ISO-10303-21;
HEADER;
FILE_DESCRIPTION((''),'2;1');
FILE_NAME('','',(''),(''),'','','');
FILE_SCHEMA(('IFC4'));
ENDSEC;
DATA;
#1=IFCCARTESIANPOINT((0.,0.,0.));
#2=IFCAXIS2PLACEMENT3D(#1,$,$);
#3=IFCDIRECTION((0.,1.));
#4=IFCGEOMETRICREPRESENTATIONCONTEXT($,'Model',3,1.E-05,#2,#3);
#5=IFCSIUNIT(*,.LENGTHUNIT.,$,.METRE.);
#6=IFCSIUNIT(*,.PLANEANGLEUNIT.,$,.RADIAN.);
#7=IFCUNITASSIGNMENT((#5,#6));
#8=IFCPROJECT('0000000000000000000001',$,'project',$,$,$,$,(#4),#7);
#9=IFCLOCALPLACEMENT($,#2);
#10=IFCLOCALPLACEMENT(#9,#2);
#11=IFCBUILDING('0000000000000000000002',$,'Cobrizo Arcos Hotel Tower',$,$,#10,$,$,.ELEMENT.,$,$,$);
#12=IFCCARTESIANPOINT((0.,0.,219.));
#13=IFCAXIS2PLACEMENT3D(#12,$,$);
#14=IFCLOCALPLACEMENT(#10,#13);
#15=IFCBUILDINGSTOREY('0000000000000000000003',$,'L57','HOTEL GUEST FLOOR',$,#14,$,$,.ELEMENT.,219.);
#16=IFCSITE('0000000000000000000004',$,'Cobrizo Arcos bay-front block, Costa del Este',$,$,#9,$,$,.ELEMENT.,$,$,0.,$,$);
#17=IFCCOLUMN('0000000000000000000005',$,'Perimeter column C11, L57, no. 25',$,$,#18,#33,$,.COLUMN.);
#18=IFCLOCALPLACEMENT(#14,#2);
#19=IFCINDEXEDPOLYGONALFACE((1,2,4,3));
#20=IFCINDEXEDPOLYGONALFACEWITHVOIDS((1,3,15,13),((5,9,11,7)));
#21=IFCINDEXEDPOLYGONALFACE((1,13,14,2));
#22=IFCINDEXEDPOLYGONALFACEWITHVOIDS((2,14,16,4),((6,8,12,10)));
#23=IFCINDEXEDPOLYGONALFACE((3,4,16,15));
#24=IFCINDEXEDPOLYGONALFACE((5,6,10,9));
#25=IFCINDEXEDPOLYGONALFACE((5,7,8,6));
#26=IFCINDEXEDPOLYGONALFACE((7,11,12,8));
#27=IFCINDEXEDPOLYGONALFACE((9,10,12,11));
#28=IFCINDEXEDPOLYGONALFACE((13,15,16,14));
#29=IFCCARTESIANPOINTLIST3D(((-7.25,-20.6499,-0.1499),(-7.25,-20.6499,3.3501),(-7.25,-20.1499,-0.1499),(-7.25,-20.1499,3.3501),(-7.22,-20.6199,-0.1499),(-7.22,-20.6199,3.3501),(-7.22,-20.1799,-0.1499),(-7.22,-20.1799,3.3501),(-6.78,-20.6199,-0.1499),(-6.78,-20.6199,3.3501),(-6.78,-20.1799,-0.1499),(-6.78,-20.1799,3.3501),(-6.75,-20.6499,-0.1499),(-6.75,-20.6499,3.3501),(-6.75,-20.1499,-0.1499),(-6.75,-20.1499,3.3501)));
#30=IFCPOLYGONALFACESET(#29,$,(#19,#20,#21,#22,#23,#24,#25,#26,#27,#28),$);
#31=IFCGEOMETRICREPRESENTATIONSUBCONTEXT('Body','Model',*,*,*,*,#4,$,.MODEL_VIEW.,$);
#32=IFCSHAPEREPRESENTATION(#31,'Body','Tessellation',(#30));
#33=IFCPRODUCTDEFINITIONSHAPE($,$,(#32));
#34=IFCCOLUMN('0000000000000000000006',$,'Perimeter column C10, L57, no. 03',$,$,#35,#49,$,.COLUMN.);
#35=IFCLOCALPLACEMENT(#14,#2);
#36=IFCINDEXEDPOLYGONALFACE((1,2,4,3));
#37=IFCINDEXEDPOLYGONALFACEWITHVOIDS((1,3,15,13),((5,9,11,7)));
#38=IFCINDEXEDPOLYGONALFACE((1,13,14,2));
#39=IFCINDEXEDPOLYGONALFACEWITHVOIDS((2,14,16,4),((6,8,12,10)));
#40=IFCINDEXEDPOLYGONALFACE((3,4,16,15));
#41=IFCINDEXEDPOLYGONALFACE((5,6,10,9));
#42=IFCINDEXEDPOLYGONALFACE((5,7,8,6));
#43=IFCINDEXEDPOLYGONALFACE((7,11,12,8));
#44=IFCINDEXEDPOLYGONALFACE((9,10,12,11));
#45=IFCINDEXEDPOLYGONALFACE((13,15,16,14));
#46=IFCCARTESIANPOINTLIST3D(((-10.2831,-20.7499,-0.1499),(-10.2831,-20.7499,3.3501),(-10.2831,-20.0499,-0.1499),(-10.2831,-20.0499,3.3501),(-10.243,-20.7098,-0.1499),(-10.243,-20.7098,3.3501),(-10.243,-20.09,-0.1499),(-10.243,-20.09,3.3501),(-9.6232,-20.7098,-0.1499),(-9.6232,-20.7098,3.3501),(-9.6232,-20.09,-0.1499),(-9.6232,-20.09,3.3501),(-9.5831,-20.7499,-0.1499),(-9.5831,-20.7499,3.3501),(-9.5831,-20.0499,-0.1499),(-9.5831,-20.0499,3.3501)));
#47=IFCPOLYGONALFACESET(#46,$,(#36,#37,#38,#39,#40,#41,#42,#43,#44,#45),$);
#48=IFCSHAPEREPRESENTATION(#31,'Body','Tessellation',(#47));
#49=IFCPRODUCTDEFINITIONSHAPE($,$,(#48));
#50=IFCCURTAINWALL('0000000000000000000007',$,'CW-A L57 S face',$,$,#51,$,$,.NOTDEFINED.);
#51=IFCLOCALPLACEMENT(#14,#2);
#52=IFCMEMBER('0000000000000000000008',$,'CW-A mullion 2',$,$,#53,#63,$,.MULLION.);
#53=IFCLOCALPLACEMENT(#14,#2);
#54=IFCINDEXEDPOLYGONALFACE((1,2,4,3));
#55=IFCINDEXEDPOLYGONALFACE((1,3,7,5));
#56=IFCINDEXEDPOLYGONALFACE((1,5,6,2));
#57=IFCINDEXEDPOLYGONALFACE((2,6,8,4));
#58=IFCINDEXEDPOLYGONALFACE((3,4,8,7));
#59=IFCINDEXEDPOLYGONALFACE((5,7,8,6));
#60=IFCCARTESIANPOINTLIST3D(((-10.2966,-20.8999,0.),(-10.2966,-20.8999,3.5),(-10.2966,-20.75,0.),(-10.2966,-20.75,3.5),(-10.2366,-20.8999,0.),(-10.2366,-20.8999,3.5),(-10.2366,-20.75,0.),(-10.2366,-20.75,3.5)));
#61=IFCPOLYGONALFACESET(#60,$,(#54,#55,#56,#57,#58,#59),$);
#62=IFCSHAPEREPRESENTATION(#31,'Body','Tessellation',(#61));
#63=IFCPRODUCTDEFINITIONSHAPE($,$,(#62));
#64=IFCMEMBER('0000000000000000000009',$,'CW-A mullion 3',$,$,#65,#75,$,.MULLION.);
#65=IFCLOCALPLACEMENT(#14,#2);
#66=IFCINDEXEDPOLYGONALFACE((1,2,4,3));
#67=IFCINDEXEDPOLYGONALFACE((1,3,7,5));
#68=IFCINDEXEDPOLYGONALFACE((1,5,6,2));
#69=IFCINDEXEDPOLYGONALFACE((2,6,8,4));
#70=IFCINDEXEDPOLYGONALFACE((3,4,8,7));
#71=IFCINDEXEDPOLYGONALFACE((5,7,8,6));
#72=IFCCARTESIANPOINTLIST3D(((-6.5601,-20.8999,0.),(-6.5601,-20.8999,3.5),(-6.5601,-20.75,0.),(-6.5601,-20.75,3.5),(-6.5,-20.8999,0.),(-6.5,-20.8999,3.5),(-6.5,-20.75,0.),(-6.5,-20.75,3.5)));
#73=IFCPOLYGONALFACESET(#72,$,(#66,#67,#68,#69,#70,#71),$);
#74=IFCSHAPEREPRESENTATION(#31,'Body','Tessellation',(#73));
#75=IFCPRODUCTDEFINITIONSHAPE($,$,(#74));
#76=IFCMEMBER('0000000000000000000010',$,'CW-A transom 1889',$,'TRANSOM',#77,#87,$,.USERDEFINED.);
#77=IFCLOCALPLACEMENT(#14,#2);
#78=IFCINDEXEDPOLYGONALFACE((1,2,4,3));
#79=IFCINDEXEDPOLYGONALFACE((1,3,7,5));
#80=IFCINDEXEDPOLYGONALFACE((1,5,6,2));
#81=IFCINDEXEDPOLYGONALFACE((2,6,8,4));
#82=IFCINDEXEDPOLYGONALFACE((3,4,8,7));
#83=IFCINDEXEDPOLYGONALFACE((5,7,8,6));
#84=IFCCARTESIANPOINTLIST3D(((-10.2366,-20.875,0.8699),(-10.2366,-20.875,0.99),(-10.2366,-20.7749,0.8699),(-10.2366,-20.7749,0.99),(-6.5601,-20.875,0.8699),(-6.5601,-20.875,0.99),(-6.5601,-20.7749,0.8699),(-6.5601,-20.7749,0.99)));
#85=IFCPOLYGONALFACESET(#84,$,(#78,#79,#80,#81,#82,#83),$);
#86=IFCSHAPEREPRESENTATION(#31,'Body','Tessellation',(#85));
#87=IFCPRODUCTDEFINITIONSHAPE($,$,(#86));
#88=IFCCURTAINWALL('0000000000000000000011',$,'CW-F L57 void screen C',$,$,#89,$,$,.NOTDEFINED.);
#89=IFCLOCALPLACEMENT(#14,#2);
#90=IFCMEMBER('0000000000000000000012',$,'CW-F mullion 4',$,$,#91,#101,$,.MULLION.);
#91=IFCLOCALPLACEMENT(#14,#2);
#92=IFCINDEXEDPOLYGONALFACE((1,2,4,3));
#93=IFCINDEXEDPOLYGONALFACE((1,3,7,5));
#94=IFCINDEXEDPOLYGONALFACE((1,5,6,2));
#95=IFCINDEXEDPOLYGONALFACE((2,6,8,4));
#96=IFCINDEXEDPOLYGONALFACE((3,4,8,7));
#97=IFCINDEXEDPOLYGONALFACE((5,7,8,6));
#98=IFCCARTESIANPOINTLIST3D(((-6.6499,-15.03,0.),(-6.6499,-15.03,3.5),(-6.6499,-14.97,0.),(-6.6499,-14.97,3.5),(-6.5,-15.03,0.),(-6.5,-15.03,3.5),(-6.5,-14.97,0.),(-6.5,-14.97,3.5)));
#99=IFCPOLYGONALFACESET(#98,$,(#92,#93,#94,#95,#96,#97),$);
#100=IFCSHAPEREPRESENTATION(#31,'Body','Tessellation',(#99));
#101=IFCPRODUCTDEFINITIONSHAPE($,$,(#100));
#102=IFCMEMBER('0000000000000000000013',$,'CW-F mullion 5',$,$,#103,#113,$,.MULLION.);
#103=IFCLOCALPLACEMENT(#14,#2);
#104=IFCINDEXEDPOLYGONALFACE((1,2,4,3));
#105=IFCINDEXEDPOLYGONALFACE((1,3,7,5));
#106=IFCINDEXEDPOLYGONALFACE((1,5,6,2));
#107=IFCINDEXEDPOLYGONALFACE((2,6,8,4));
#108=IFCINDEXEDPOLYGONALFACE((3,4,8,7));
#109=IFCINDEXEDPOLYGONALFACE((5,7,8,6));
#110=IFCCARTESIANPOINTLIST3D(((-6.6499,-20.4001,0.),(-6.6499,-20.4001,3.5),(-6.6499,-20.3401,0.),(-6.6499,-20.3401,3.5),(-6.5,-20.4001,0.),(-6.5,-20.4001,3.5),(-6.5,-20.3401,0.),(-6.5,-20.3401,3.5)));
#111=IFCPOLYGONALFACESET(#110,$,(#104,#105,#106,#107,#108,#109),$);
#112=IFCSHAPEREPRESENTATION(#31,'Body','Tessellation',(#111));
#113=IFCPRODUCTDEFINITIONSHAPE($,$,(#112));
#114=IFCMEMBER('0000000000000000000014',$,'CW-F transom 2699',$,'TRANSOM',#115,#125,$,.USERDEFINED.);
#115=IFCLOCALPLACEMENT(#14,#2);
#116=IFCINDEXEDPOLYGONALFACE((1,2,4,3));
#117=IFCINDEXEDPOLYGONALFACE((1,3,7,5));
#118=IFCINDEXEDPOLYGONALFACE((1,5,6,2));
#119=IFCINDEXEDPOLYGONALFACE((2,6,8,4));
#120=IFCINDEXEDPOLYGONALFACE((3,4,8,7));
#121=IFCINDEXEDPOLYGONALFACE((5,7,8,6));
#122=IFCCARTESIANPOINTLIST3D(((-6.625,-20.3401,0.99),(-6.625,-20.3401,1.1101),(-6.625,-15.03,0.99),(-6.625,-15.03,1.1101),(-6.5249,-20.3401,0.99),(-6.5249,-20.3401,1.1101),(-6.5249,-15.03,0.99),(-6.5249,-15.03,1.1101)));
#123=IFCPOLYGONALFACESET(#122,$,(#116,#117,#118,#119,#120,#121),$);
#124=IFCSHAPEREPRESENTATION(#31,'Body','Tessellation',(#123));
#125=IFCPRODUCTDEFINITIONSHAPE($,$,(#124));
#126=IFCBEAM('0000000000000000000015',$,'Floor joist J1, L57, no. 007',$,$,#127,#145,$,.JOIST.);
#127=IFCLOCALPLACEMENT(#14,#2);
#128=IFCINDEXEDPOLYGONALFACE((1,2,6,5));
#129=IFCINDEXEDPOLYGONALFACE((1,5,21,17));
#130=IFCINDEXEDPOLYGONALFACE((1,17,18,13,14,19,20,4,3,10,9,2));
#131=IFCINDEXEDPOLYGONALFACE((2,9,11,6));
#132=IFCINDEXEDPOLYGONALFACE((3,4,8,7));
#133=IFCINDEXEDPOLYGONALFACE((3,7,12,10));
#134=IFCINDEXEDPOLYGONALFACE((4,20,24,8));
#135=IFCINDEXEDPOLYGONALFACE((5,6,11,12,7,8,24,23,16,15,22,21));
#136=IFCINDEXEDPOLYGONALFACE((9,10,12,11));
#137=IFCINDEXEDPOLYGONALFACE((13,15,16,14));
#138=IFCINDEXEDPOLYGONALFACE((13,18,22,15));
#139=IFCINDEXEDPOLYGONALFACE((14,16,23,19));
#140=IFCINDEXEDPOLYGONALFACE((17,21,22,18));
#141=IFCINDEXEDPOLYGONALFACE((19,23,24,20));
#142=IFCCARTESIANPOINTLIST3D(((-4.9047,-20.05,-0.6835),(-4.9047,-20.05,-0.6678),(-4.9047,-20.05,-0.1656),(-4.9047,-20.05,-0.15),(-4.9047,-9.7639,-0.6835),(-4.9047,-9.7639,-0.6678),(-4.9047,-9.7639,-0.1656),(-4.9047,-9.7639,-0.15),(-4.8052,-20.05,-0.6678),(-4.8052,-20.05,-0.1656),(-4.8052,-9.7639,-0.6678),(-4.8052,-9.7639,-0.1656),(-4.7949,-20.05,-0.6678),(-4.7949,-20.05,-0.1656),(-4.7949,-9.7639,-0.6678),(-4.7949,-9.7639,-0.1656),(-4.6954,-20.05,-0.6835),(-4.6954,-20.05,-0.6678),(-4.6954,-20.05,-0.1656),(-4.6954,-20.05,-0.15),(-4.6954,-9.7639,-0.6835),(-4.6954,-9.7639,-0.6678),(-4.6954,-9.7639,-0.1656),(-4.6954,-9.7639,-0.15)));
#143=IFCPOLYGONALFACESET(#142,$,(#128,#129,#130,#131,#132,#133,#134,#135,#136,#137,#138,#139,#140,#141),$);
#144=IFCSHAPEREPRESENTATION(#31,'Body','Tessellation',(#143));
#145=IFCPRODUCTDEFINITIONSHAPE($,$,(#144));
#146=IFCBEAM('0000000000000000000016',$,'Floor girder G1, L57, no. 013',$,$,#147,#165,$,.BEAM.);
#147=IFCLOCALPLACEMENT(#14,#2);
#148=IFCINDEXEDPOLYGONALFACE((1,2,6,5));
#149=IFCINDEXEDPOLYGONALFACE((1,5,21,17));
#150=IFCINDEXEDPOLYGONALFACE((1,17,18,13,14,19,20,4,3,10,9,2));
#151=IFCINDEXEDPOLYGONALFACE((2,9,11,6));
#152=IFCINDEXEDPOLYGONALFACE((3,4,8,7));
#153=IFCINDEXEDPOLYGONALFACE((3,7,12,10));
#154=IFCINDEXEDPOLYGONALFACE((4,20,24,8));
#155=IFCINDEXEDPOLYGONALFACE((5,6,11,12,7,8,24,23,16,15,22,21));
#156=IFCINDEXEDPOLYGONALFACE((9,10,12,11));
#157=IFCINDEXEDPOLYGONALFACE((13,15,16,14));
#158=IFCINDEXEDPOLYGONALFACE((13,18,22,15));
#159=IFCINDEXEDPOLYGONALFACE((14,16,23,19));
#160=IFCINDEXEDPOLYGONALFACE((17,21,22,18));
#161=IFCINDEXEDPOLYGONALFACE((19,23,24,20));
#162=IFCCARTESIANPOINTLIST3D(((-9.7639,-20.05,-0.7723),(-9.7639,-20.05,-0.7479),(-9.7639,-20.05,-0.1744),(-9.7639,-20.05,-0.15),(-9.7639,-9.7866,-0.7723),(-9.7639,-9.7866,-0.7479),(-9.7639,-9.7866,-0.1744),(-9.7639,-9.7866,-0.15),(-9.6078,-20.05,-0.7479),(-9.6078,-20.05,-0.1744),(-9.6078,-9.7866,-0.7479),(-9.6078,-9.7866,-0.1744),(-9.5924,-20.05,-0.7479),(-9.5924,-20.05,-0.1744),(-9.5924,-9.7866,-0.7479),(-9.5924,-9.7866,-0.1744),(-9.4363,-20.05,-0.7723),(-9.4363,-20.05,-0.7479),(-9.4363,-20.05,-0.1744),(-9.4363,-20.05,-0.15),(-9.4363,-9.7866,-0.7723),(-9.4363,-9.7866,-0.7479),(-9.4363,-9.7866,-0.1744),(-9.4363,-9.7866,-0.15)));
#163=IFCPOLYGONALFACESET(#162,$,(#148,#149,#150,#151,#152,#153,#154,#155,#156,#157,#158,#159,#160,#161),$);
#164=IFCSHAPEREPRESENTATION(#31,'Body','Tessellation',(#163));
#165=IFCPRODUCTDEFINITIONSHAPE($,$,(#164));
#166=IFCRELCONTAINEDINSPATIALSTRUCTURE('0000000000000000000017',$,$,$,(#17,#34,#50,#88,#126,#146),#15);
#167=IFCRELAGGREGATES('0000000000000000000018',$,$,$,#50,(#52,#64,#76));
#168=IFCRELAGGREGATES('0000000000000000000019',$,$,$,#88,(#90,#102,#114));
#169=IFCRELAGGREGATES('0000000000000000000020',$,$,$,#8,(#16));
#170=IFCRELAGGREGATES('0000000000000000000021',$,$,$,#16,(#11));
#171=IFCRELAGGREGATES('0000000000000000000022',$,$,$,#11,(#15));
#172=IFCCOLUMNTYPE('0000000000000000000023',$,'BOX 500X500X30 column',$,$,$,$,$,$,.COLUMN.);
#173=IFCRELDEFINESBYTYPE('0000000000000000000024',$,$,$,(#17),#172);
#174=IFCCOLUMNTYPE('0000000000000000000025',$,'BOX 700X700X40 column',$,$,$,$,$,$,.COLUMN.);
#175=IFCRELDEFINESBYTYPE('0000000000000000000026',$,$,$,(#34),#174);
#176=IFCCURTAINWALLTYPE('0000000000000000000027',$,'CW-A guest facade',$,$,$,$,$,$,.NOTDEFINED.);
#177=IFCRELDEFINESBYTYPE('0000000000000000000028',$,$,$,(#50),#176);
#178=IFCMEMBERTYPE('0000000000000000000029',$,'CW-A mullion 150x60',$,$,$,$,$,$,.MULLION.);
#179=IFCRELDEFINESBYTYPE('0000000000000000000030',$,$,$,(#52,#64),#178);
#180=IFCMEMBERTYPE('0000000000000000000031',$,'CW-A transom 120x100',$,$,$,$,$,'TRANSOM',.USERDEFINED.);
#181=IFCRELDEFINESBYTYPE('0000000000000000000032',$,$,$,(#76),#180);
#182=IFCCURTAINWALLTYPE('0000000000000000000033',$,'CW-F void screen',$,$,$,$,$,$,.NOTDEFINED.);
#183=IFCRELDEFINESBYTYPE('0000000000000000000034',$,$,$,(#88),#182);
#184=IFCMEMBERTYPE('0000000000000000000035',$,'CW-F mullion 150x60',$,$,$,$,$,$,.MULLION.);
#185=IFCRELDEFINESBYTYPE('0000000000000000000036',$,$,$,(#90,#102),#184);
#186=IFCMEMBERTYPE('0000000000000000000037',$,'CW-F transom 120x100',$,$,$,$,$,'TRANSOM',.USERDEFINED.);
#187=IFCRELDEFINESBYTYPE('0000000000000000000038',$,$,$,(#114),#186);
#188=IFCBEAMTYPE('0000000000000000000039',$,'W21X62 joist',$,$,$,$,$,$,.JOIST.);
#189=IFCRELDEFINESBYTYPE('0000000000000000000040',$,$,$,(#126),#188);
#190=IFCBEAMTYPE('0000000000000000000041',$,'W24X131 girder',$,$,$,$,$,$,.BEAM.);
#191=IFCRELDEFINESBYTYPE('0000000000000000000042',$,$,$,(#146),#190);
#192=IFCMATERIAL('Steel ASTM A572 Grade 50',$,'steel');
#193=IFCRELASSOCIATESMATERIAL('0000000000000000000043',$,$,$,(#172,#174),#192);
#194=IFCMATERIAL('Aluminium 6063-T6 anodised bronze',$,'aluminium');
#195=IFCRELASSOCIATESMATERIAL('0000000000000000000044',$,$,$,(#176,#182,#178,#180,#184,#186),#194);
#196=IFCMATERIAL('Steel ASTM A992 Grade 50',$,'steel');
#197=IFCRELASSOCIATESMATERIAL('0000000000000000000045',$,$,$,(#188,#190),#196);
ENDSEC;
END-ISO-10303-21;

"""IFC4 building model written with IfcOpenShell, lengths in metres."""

from ifc_helpers import new_model, si_unit, direction, frame, origin, origin_2d, place, context, subcontext, project, spatial, rectangle, hollow_rectangle, i_section, extrude, material, material_profile, profile_set, type_object, element, aggregate, save


model = new_model("IFC4")

# Units and contexts
model_context = context("Model", 3, precision=1e-05, world=origin(), true_north=direction((0.0, 1.0)))
body_context = subcontext(model_context, "Body", "Model", "MODEL_VIEW")
ifc_project = project(units=[si_unit("LENGTHUNIT", "METRE"), si_unit("PLANEANGLEUNIT", "RADIAN")], contexts=[model_context])

# Site, building, storey
site_placement = place(None, origin())
site = spatial("IfcSite", under=ifc_project, at=site_placement, Name="Cobrizo Arcos bay-front block, Costa del Este", CompositionType="ELEMENT", RefElevation=0.0)
building_placement = place(site_placement, origin())
building = spatial("IfcBuilding", under=site, at=building_placement, Name="Cobrizo Arcos Hotel Tower", CompositionType="ELEMENT")
storey_placement = place(building_placement, frame((0.0, 0.0, 219.0)))
storey = spatial("IfcBuildingStorey", under=building, at=storey_placement, Name="L57", Description="HOTEL GUEST FLOOR", CompositionType="ELEMENT", Elevation=219.0)

# Columns
ifc_material_1 = material(Name="Steel ASTM A572 Grade 50", Category="steel")
ifc_material_profile_1 = material_profile(ifc_material_1, hollow_rectangle(XDim=0.5, YDim=0.5, WallThickness=0.03, at=origin_2d()), Name="BOX 500X500X30")
ifc_profile_set_1 = profile_set([ifc_material_profile_1], Name="Steel ASTM A572 Grade 50")
column_type_1 = type_object("IfcColumnType", Name="BOX 500X500X30 column", PredefinedType="COLUMN", material=ifc_profile_set_1)
column_1_placement = place(storey_placement, frame((-7.0, -20.3999, -0.1499), z_axis=(0.0, 0.0, 1.0), x_axis=(1.0, 0.0, 0.0)))
element("IfcColumn", 1, at=column_1_placement, inside=storey, type_object=column_type_1, Name="Perimeter column C11, L57, no. 25", PredefinedType="COLUMN", context=body_context, shape_type="SweptSolid", body=[
    extrude(hollow_rectangle(XDim=0.5, YDim=0.5, WallThickness=0.03, at=origin_2d()), origin(), (0.0, 0.0, 1.0), 3.5),
])
ifc_material_profile_2 = material_profile(ifc_material_1, hollow_rectangle(XDim=0.7, YDim=0.7, WallThickness=0.04, at=origin_2d()), Name="BOX 700X700X40")
ifc_profile_set_2 = profile_set([ifc_material_profile_2], Name="Steel ASTM A572 Grade 50")
column_type_2 = type_object("IfcColumnType", Name="BOX 700X700X40 column", PredefinedType="COLUMN", material=ifc_profile_set_2)
column_2_placement = place(storey_placement, frame((-9.9331, -20.3999, -0.1499), z_axis=(0.0, 0.0, 1.0), x_axis=(1.0, 0.0, 0.0)))
element("IfcColumn", 2, at=column_2_placement, inside=storey, type_object=column_type_2, Name="Perimeter column C10, L57, no. 03", PredefinedType="COLUMN", context=body_context, shape_type="SweptSolid", body=[
    extrude(hollow_rectangle(XDim=0.7, YDim=0.7, WallThickness=0.04, at=origin_2d()), origin(), (0.0, 0.0, 1.0), 3.5),
])

# Curtain walls, members
ifc_material_2 = material(Name="Aluminium 6063-T6 anodised bronze", Category="aluminium")
curtain_wall_type_1 = type_object("IfcCurtainWallType", Name="CW-A guest facade", PredefinedType="NOTDEFINED", material=ifc_material_2)
curtain_wall_1_placement = place(storey_placement, origin())
curtain_wall_1 = element("IfcCurtainWall", 3, at=curtain_wall_1_placement, inside=storey, type_object=curtain_wall_type_1, Name="CW-A L57 S face", PredefinedType="NOTDEFINED")
ifc_material_profile_3 = material_profile(ifc_material_2, rectangle(XDim=0.1499, YDim=0.0601, at=origin_2d()), Name="CW-A mullion 150x60")
ifc_profile_set_3 = profile_set([ifc_material_profile_3], Name="Aluminium 6063-T6 anodised bronze")
member_type_1 = type_object("IfcMemberType", Name="CW-A mullion 150x60", PredefinedType="MULLION", material=ifc_profile_set_3)
member_1_placement = place(storey_placement, frame((-10.2666, -20.825, 0.0), z_axis=(0.0, 0.0, 1.0), x_axis=(0.0, -1.0, 0.0)))
member_1 = element("IfcMember", 4, at=member_1_placement, type_object=member_type_1, Name="CW-A mullion 2", PredefinedType="MULLION", context=body_context, shape_type="SweptSolid", body=[
    extrude(rectangle(XDim=0.1499, YDim=0.0601, at=origin_2d()), origin(), (0.0, 0.0, 1.0), 3.5),
])
member_2_placement = place(storey_placement, frame((-6.53, -20.825, 0.0), z_axis=(0.0, 0.0, 1.0), x_axis=(0.0, -1.0, 0.0)))
member_2 = element("IfcMember", 5, at=member_2_placement, type_object=member_type_1, Name="CW-A mullion 3", PredefinedType="MULLION", context=body_context, shape_type="SweptSolid", body=[
    extrude(rectangle(XDim=0.1499, YDim=0.0601, at=origin_2d()), origin(), (0.0, 0.0, 1.0), 3.5),
])
ifc_material_profile_4 = material_profile(ifc_material_2, rectangle(XDim=0.1001, YDim=0.1201, at=origin_2d()), Name="CW-A transom 120x100")
ifc_profile_set_4 = profile_set([ifc_material_profile_4], Name="Aluminium 6063-T6 anodised bronze")
member_type_2 = type_object("IfcMemberType", Name="CW-A transom 120x100", ElementType="TRANSOM", PredefinedType="USERDEFINED", material=ifc_profile_set_4)
member_3_placement = place(storey_placement, frame((-10.2366, -20.825, 0.9299), z_axis=(1.0, 0.0, 0.0), x_axis=(0.0, 1.0, 0.0)))
member_3 = element("IfcMember", 6, at=member_3_placement, type_object=member_type_2, Name="CW-A transom 1889", ObjectType="TRANSOM", PredefinedType="USERDEFINED", context=body_context, shape_type="SweptSolid", body=[
    extrude(rectangle(XDim=0.1001, YDim=0.1201, at=origin_2d()), origin(), (0.0, 0.0, 1.0), 3.6765),
])
curtain_wall_type_2 = type_object("IfcCurtainWallType", Name="CW-F void screen", PredefinedType="NOTDEFINED", material=ifc_material_2)
curtain_wall_2_placement = place(storey_placement, origin())
curtain_wall_2 = element("IfcCurtainWall", 7, at=curtain_wall_2_placement, inside=storey, type_object=curtain_wall_type_2, Name="CW-F L57 void screen C", PredefinedType="NOTDEFINED")
ifc_material_profile_5 = material_profile(ifc_material_2, rectangle(XDim=0.1499, YDim=0.0601, at=origin_2d()), Name="CW-F mullion 150x60")
ifc_profile_set_5 = profile_set([ifc_material_profile_5], Name="Aluminium 6063-T6 anodised bronze")
member_type_3 = type_object("IfcMemberType", Name="CW-F mullion 150x60", PredefinedType="MULLION", material=ifc_profile_set_5)
member_4_placement = place(storey_placement, frame((-6.575, -15.0, 0.0), z_axis=(0.0, 0.0, 1.0), x_axis=(-1.0, 0.0, 0.0)))
member_4 = element("IfcMember", 8, at=member_4_placement, type_object=member_type_3, Name="CW-F mullion 4", PredefinedType="MULLION", context=body_context, shape_type="SweptSolid", body=[
    extrude(rectangle(XDim=0.1499, YDim=0.0601, at=origin_2d()), origin(), (0.0, 0.0, 1.0), 3.5),
])
member_5_placement = place(storey_placement, frame((-6.575, -20.3701, 0.0), z_axis=(0.0, 0.0, 1.0), x_axis=(-1.0, 0.0, 0.0)))
member_5 = element("IfcMember", 9, at=member_5_placement, type_object=member_type_3, Name="CW-F mullion 5", PredefinedType="MULLION", context=body_context, shape_type="SweptSolid", body=[
    extrude(rectangle(XDim=0.1499, YDim=0.0601, at=origin_2d()), origin(), (0.0, 0.0, 1.0), 3.5),
])
ifc_material_profile_6 = material_profile(ifc_material_2, rectangle(XDim=0.1001, YDim=0.1201, at=origin_2d()), Name="CW-F transom 120x100")
ifc_profile_set_6 = profile_set([ifc_material_profile_6], Name="Aluminium 6063-T6 anodised bronze")
member_type_4 = type_object("IfcMemberType", Name="CW-F transom 120x100", ElementType="TRANSOM", PredefinedType="USERDEFINED", material=ifc_profile_set_6)
member_6_placement = place(storey_placement, frame((-6.575, -15.03, 1.05), z_axis=(0.0, -1.0, 0.0), x_axis=(1.0, 0.0, 0.0)))
member_6 = element("IfcMember", 10, at=member_6_placement, type_object=member_type_4, Name="CW-F transom 2699", ObjectType="TRANSOM", PredefinedType="USERDEFINED", context=body_context, shape_type="SweptSolid", body=[
    extrude(rectangle(XDim=0.1001, YDim=0.1201, at=origin_2d()), origin(), (0.0, 0.0, 1.0), 5.3101),
])

# Beams
ifc_material_3 = material(Name="Steel ASTM A992 Grade 50", Category="steel")
ifc_material_profile_7 = material_profile(ifc_material_3, i_section(OverallWidth=0.2092, OverallDepth=0.5334, WebThickness=0.0103, FlangeThickness=0.0156, at=origin_2d()), Name="W21X62")
ifc_profile_set_7 = profile_set([ifc_material_profile_7], Name="Steel ASTM A992 Grade 50")
beam_type_1 = type_object("IfcBeamType", Name="W21X62 joist", PredefinedType="JOIST", material=ifc_profile_set_7)
beam_1_placement = place(storey_placement, frame((-4.8, -20.05, -0.4167), z_axis=(0.0, 1.0, 0.0), x_axis=(-1.0, 0.0, 0.0)))
element("IfcBeam", 11, at=beam_1_placement, inside=storey, type_object=beam_type_1, Name="Floor joist J1, L57, no. 007", PredefinedType="JOIST", context=body_context, shape_type="SweptSolid", body=[
    extrude(i_section(OverallWidth=0.2092, OverallDepth=0.5334, WebThickness=0.0103, FlangeThickness=0.0156, at=origin_2d()), origin(), (0.0, 0.0, 1.0), 10.2861),
])
ifc_material_profile_8 = material_profile(ifc_material_3, i_section(OverallWidth=0.3276, OverallDepth=0.6223, WebThickness=0.0154, FlangeThickness=0.0244, at=origin_2d()), Name="W24X131")
ifc_profile_set_8 = profile_set([ifc_material_profile_8], Name="Steel ASTM A992 Grade 50")
beam_type_2 = type_object("IfcBeamType", Name="W24X131 girder", PredefinedType="BEAM", material=ifc_profile_set_8)
beam_2_placement = place(storey_placement, frame((-9.6001, -20.05, -0.4612), z_axis=(0.0, 1.0, 0.0), x_axis=(-1.0, 0.0, 0.0)))
element("IfcBeam", 12, at=beam_2_placement, inside=storey, type_object=beam_type_2, Name="Floor girder G1, L57, no. 013", PredefinedType="BEAM", context=body_context, shape_type="SweptSolid", body=[
    extrude(i_section(OverallWidth=0.3276, OverallDepth=0.6223, WebThickness=0.0154, FlangeThickness=0.0244, at=origin_2d()), origin(), (0.0, 0.0, 1.0), 10.2634),
])

aggregate(curtain_wall_1, [member_1, member_2, member_3])
aggregate(curtain_wall_2, [member_4, member_5, member_6])

save(model, "model.ifc")
